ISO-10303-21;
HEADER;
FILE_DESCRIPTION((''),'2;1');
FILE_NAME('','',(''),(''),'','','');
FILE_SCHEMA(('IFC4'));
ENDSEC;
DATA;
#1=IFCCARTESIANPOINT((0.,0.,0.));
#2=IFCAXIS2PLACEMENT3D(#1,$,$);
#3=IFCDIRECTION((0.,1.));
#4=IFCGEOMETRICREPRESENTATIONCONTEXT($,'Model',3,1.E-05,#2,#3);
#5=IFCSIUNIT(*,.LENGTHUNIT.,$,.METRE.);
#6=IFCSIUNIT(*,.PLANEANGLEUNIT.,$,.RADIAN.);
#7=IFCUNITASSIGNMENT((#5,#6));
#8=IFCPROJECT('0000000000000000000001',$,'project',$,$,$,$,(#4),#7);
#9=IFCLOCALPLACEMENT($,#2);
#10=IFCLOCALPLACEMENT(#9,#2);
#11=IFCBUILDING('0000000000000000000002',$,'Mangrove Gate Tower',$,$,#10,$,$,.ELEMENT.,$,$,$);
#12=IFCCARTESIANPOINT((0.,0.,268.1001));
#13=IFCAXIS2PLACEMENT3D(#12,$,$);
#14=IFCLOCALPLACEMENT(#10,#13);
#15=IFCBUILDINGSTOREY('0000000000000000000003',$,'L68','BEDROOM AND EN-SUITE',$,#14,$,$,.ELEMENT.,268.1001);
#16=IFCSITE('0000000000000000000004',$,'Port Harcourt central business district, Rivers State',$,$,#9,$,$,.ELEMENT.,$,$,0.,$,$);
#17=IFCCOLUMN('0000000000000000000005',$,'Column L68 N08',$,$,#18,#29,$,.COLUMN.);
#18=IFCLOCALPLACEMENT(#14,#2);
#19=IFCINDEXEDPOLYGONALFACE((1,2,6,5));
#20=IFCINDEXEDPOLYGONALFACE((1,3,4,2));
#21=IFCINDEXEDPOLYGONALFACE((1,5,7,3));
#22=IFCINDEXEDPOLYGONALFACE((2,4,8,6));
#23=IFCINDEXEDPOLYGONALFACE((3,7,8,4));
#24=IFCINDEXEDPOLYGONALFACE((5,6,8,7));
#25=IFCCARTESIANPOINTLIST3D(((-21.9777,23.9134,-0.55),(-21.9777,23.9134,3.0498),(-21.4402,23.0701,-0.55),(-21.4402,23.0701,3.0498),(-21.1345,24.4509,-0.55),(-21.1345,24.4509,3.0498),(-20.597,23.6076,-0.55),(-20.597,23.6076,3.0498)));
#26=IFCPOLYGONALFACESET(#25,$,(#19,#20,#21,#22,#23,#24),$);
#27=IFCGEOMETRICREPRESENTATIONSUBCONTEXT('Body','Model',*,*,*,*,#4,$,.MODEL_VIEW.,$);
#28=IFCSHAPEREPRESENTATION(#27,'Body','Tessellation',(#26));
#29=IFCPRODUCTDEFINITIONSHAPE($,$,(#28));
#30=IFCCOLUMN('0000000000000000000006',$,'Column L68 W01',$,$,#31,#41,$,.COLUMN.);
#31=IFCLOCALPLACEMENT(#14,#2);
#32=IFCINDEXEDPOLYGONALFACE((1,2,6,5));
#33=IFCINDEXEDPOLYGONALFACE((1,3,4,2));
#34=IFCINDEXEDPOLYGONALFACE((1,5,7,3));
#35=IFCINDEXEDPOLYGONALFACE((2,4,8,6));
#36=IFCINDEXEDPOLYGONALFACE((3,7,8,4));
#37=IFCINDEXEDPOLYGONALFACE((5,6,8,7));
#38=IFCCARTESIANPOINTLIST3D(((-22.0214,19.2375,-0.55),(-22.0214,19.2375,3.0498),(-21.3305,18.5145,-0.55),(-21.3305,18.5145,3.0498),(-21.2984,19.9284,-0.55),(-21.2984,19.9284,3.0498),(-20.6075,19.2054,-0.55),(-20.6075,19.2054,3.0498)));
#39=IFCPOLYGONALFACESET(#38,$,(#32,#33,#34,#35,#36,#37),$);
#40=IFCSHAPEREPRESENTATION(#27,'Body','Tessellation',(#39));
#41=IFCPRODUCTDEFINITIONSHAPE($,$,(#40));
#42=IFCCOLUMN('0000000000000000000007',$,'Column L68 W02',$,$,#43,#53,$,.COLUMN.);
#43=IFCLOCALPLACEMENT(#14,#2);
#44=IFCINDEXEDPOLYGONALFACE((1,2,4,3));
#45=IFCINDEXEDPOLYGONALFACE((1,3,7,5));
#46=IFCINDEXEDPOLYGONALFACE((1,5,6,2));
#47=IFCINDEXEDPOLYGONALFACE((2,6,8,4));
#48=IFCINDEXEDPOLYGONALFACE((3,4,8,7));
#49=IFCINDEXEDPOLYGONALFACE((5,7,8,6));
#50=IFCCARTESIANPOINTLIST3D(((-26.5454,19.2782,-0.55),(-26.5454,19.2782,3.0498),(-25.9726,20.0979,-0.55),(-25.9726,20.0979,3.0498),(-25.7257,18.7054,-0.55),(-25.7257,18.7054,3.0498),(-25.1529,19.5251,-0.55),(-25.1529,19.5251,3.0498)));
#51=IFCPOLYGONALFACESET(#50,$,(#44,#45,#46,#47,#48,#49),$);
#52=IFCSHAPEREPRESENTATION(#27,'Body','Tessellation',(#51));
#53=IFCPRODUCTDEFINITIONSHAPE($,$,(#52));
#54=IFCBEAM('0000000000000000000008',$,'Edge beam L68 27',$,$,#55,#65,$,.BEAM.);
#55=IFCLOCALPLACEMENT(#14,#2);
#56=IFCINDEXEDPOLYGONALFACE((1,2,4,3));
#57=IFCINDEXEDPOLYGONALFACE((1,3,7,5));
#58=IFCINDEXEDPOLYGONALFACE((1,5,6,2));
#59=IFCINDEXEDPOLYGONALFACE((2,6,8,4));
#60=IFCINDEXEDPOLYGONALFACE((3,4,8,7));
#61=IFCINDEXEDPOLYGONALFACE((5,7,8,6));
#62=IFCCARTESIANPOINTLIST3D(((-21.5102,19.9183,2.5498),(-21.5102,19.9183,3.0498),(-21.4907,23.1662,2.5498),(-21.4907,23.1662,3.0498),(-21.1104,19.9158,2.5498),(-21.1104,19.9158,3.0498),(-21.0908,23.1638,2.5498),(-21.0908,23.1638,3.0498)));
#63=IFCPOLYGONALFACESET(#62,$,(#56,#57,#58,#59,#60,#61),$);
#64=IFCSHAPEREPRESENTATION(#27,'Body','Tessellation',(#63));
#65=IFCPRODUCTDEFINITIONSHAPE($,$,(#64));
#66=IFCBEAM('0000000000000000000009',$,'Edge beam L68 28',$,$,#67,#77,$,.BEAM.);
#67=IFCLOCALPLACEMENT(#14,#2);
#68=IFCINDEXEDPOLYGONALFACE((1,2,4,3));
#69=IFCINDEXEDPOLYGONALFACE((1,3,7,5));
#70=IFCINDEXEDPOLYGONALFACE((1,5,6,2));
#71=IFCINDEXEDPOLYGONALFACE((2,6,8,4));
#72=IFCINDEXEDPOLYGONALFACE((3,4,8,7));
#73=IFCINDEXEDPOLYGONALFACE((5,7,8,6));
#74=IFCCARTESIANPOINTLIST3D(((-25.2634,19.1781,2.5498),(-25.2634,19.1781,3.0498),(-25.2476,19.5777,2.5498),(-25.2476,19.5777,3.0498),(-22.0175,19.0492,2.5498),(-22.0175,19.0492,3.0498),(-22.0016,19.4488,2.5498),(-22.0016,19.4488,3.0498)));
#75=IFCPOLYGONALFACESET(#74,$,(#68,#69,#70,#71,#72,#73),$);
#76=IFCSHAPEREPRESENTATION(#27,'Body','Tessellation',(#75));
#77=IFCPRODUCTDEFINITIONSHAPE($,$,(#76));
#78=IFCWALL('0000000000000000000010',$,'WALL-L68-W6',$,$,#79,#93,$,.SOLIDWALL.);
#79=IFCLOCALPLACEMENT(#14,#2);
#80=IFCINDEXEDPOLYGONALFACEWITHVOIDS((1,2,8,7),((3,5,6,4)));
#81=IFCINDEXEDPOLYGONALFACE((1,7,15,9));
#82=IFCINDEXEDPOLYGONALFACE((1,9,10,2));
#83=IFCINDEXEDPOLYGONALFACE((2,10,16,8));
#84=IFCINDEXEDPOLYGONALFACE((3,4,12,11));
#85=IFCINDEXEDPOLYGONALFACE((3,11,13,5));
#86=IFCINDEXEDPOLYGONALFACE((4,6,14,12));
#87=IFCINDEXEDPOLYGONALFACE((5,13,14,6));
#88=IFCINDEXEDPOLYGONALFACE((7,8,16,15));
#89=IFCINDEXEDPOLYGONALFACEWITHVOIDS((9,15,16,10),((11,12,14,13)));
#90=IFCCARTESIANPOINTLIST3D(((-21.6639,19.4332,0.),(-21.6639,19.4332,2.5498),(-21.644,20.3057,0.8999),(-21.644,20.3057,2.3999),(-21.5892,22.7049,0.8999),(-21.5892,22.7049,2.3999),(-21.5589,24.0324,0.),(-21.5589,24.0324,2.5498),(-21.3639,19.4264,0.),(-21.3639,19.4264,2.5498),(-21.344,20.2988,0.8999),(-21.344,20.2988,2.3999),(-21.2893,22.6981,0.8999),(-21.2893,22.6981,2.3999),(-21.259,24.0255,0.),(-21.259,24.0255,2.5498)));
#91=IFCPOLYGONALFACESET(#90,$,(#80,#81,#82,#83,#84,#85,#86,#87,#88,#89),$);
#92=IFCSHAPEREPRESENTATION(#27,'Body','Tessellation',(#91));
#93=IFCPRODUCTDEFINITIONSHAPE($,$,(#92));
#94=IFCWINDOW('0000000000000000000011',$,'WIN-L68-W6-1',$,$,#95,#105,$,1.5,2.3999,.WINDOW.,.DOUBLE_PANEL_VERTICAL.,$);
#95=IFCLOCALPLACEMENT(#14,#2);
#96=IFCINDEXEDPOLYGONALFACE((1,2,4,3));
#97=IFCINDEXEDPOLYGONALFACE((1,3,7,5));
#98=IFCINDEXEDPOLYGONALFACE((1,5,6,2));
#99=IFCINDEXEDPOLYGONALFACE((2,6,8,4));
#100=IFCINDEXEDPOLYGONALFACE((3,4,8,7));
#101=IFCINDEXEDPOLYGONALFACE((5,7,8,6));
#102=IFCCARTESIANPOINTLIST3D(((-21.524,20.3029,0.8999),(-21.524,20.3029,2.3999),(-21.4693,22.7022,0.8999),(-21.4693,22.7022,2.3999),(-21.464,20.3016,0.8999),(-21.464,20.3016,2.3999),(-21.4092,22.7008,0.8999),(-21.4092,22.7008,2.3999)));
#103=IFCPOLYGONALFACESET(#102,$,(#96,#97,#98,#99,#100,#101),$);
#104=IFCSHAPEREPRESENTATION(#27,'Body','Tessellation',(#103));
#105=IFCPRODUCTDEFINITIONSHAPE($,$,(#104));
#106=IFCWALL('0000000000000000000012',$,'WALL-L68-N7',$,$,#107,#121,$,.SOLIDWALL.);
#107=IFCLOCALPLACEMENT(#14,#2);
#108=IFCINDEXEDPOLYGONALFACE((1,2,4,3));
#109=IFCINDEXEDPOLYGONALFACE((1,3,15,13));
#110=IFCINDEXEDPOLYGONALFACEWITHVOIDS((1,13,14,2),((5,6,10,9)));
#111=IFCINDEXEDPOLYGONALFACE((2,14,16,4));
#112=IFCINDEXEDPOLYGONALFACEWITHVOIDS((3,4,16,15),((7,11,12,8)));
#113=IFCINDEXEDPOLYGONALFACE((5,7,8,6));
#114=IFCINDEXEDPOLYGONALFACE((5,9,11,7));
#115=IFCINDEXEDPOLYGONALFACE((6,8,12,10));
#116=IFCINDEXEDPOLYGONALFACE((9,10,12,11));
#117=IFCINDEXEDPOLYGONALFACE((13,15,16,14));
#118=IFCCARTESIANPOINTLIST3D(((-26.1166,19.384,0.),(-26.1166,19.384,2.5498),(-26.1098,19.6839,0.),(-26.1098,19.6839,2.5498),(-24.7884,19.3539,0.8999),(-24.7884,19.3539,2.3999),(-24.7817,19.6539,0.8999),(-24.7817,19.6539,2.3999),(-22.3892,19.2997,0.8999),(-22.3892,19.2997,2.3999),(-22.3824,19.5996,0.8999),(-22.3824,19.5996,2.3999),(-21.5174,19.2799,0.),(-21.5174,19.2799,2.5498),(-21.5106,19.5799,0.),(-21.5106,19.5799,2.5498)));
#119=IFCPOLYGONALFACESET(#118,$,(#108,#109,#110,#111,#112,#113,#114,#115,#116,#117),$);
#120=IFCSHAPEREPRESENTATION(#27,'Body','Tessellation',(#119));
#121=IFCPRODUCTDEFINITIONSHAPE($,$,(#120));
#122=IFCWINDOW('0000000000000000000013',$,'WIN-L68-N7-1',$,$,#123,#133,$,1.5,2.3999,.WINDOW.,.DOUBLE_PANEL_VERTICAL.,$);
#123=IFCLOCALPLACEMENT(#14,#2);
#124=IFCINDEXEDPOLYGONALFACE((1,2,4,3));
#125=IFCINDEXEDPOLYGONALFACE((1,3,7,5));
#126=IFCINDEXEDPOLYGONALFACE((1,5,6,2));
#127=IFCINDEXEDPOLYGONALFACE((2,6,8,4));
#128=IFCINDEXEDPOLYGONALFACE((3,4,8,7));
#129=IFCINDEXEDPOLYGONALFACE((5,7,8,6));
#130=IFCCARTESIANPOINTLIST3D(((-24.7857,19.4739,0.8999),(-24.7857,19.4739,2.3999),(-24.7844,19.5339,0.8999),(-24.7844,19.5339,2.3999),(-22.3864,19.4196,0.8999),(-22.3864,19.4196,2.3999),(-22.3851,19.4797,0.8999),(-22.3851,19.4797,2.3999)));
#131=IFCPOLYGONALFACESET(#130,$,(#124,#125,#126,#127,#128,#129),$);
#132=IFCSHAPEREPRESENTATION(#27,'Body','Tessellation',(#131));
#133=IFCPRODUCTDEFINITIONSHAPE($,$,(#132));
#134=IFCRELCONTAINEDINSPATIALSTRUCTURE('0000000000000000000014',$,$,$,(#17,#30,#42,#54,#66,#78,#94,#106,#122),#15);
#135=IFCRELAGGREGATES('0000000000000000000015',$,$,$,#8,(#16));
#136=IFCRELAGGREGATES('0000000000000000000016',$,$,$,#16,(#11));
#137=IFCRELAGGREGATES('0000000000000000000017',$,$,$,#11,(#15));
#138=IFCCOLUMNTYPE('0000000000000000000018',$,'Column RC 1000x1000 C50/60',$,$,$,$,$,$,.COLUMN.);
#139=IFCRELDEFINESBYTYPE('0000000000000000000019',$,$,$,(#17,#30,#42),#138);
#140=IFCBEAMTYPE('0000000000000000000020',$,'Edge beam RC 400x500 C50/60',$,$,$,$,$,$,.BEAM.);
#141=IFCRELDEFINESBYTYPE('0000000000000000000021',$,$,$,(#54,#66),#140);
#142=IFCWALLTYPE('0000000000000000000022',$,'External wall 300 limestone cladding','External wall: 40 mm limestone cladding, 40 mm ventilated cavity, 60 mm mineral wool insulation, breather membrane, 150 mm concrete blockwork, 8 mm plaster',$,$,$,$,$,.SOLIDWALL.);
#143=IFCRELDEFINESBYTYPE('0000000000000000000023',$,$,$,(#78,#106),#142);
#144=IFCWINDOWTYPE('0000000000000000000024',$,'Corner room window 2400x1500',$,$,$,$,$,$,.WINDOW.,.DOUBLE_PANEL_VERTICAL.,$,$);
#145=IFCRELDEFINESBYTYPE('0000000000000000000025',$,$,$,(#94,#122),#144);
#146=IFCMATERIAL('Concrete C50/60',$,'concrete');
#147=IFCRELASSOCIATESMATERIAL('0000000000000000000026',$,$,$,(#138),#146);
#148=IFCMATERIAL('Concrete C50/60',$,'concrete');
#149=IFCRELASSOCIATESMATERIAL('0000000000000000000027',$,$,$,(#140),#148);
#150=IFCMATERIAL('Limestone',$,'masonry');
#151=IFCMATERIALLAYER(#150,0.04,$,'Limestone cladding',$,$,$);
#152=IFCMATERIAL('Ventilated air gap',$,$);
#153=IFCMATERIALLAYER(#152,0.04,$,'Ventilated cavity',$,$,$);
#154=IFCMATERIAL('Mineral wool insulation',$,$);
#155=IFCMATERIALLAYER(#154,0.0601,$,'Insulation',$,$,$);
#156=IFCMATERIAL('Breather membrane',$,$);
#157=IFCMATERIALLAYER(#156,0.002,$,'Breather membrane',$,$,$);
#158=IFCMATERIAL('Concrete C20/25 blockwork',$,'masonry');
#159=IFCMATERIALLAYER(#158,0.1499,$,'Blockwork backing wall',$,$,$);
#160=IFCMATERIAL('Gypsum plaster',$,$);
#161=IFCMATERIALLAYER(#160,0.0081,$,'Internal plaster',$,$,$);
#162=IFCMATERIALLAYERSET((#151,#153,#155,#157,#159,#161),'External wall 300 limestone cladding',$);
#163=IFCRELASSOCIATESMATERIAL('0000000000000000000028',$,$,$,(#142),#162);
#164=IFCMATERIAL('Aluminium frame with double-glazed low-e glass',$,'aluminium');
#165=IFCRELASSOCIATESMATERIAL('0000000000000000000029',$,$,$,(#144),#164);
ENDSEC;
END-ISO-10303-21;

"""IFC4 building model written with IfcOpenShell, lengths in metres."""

from ifc_helpers import new_model, si_unit, direction, frame, frame_2d, origin, origin_2d, place, context, subcontext, project, spatial, rectangle, extrude, material, layer, layer_set, material_profile, profile_set, type_object, element, fill, save


model = new_model("IFC4")

# Units and contexts
model_context = context("Model", 3, precision=1e-05, world=origin(), true_north=direction((0.0, 1.0)))
body_context = subcontext(model_context, "Body", "Model", "MODEL_VIEW")
ifc_project = project(units=[si_unit("LENGTHUNIT", "METRE"), si_unit("PLANEANGLEUNIT", "RADIAN")], contexts=[model_context])

# Site, building, storey
site_placement = place(None, origin())
site = spatial("IfcSite", under=ifc_project, at=site_placement, Name="Port Harcourt central business district, Rivers State", CompositionType="ELEMENT", RefElevation=0.0)
building_placement = place(site_placement, origin())
building = spatial("IfcBuilding", under=site, at=building_placement, Name="Mangrove Gate Tower", CompositionType="ELEMENT")
storey_placement = place(building_placement, frame((0.0, 0.0, 268.1001)))
storey = spatial("IfcBuildingStorey", under=building, at=storey_placement, Name="L68", Description="BEDROOM AND EN-SUITE", CompositionType="ELEMENT", Elevation=268.1001)

# Columns
ifc_material_1 = material(Name="Concrete C50/60", Category="concrete")
ifc_material_profile_1 = material_profile(ifc_material_1, rectangle(XDim=1.0, YDim=1.0, at=origin_2d()))
ifc_profile_set_1 = profile_set([ifc_material_profile_1], Name="Concrete C50/60")
column_type = type_object("IfcColumnType", Name="Column RC 1000x1000 C50/60", PredefinedType="COLUMN", material=ifc_profile_set_1)
for number, where, z_axis, x_axis, name in (
    (1, (-21.2874, 23.7605, -0.55), (0.0, 0.0, 1.0), (-0.843248, -0.537525, 0.0), "Column L68 N08"),
    (2, (-21.3145, 19.2214, -0.55), (0.0, 0.0, 1.0), (-0.722989, -0.69086, 0.0), "Column L68 W01"),
    (3, (-25.8491, 19.4016, -0.55), (0.0, 0.0, 1.0), (-0.572799, -0.819696, 0.0), "Column L68 W02"),
):
    element("IfcColumn", number, at=place(storey_placement, frame(where, z_axis=z_axis, x_axis=x_axis)), inside=storey, type_object=column_type, Name=name, PredefinedType="COLUMN", context=body_context, shape_type="SweptSolid", body=[
        extrude(rectangle(XDim=1.0, YDim=1.0, at=origin_2d()), origin(), (0.0, 0.0, 1.0), 3.5999),
    ])

# Beams
ifc_material_2 = material(Name="Concrete C50/60", Category="concrete")
ifc_material_profile_2 = material_profile(ifc_material_2, rectangle(XDim=0.3999, YDim=0.5, at=origin_2d()))
ifc_profile_set_2 = profile_set([ifc_material_profile_2], Name="Concrete C50/60")
beam_type = type_object("IfcBeamType", Name="Edge beam RC 400x500 C50/60", PredefinedType="BEAM", material=ifc_profile_set_2)
beam_1_placement = place(storey_placement, frame((-21.2908, 23.165, 2.7998), z_axis=(-0.006013, -0.999982, 0.0), x_axis=(0.999982, -0.006013, 0.0)))
element("IfcBeam", 4, at=beam_1_placement, inside=storey, type_object=beam_type, Name="Edge beam L68 27", PredefinedType="BEAM", context=body_context, shape_type="SweptSolid", body=[
    extrude(rectangle(XDim=0.3999, YDim=0.5, at=origin_2d()), origin(), (0.0, 0.0, 1.0), 3.248),
])
beam_2_placement = place(storey_placement, frame((-22.0095, 19.249, 2.7998), z_axis=(-0.999212, 0.03968, 0.0), x_axis=(-0.03968, -0.999212, 0.0)))
element("IfcBeam", 5, at=beam_2_placement, inside=storey, type_object=beam_type, Name="Edge beam L68 28", PredefinedType="BEAM", context=body_context, shape_type="SweptSolid", body=[
    extrude(rectangle(XDim=0.3999, YDim=0.5, at=origin_2d()), origin(), (0.0, 0.0, 1.0), 3.2485),
])

# Walls, openings, windows
ifc_material_3 = material(Name="Limestone", Category="masonry")
ifc_layer_1 = layer(ifc_material_3, 0.04, Name="Limestone cladding")
ifc_material_4 = material(Name="Ventilated air gap")
ifc_layer_2 = layer(ifc_material_4, 0.04, Name="Ventilated cavity")
ifc_material_5 = material(Name="Mineral wool insulation")
ifc_layer_3 = layer(ifc_material_5, 0.0601, Name="Insulation")
ifc_material_6 = material(Name="Breather membrane")
ifc_layer_4 = layer(ifc_material_6, 0.002, Name="Breather membrane")
ifc_material_7 = material(Name="Concrete C20/25 blockwork", Category="masonry")
ifc_layer_5 = layer(ifc_material_7, 0.1499, Name="Blockwork backing wall")
ifc_material_8 = material(Name="Gypsum plaster")
ifc_layer_6 = layer(ifc_material_8, 0.0081, Name="Internal plaster")
ifc_layer_set = layer_set([ifc_layer_1, ifc_layer_2, ifc_layer_3, ifc_layer_4, ifc_layer_5, ifc_layer_6], Name="External wall 300 limestone cladding")
wall_type = type_object("IfcWallType", Name="External wall 300 limestone cladding", Description="External wall: 40 mm limestone cladding, 40 mm ventilated cavity, 60 mm mineral wool insulation, breather membrane, 150 mm concrete blockwork, 8 mm plaster", PredefinedType="SOLIDWALL", material=ifc_layer_set)
wall_1_placement = place(storey_placement, frame((-21.4089, 24.0291, 0.0), z_axis=(0.0, 0.0, 1.0), x_axis=(-0.02282, -0.99974, 0.0)))
wall_1 = element("IfcWall", 6, at=wall_1_placement, inside=storey, type_object=wall_type, Name="WALL-L68-W6", PredefinedType="SOLIDWALL", context=body_context, shape_type="SweptSolid", body=[
    extrude(rectangle(XDim=4.6003, YDim=0.3, at=frame_2d((2.3003, 0.0))), origin(), (0.0, 0.0, 1.0), 2.5498),
])
opening_1_placement = place(wall_1_placement, frame((1.3279, 0.0, 0.8999)))
opening_1 = element("IfcOpeningElement", 7, at=opening_1_placement, cuts=wall_1, PredefinedType="OPENING", context=body_context, shape_type="SweptSolid", body=[
    extrude(rectangle(XDim=2.3999, YDim=1.5, at=frame_2d((1.2, 0.75))), frame((0.0, 0.1599, 0.0), z_axis=(0.0, -1.0, 0.0), x_axis=(1.0, 0.0, 0.0)), (0.0, 0.0, 1.0), 0.3201),
])
ifc_material_9 = material(Name="Aluminium frame with double-glazed low-e glass", Category="aluminium")
window_type = type_object("IfcWindowType", Name="Corner room window 2400x1500", PartitioningType="DOUBLE_PANEL_VERTICAL", PredefinedType="WINDOW", material=ifc_material_9)
window_1_placement = place(opening_1_placement, origin())
window_1 = element("IfcWindow", 8, at=window_1_placement, inside=storey, type_object=window_type, Name="WIN-L68-W6-1", OverallHeight=1.5, OverallWidth=2.3999, PartitioningType="DOUBLE_PANEL_VERTICAL", PredefinedType="WINDOW", context=body_context, shape_type="SweptSolid", body=[
    extrude(rectangle(XDim=2.3999, YDim=1.5, at=frame_2d((1.2, 0.75))), frame((0.0, 0.03, 0.0), z_axis=(0.0, -1.0, 0.0), x_axis=(1.0, 0.0, 0.0)), (0.0, 0.0, 1.0), 0.0601),
])
fill(opening_1, window_1)
wall_2_placement = place(storey_placement, frame((-21.5139, 19.4299, 0.0), z_axis=(0.0, 0.0, 1.0), x_axis=(-0.999744, 0.022608, 0.0)))
wall_2 = element("IfcWall", 9, at=wall_2_placement, inside=storey, type_object=wall_type, Name="WALL-L68-N7", PredefinedType="SOLIDWALL", context=body_context, shape_type="SweptSolid", body=[
    extrude(rectangle(XDim=4.6003, YDim=0.3, at=frame_2d((2.3003, 0.0))), origin(), (0.0, 0.0, 1.0), 2.5498),
])
opening_2_placement = place(wall_2_placement, frame((0.8721, 0.0, 0.8999)))
opening_2 = element("IfcOpeningElement", 10, at=opening_2_placement, cuts=wall_2, PredefinedType="OPENING", context=body_context, shape_type="SweptSolid", body=[
    extrude(rectangle(XDim=2.3999, YDim=1.5, at=frame_2d((1.2, 0.75))), frame((0.0, 0.1599, 0.0), z_axis=(0.0, -1.0, 0.0), x_axis=(1.0, 0.0, 0.0)), (0.0, 0.0, 1.0), 0.3201),
])
window_2_placement = place(opening_2_placement, origin())
window_2 = element("IfcWindow", 11, at=window_2_placement, inside=storey, type_object=window_type, Name="WIN-L68-N7-1", OverallHeight=1.5, OverallWidth=2.3999, PartitioningType="DOUBLE_PANEL_VERTICAL", PredefinedType="WINDOW", context=body_context, shape_type="SweptSolid", body=[
    extrude(rectangle(XDim=2.3999, YDim=1.5, at=frame_2d((1.2, 0.75))), frame((0.0, 0.03, 0.0), z_axis=(0.0, -1.0, 0.0), x_axis=(1.0, 0.0, 0.0)), (0.0, 0.0, 1.0), 0.0601),
])
fill(opening_2, window_2)

save(model, "model.ifc")
